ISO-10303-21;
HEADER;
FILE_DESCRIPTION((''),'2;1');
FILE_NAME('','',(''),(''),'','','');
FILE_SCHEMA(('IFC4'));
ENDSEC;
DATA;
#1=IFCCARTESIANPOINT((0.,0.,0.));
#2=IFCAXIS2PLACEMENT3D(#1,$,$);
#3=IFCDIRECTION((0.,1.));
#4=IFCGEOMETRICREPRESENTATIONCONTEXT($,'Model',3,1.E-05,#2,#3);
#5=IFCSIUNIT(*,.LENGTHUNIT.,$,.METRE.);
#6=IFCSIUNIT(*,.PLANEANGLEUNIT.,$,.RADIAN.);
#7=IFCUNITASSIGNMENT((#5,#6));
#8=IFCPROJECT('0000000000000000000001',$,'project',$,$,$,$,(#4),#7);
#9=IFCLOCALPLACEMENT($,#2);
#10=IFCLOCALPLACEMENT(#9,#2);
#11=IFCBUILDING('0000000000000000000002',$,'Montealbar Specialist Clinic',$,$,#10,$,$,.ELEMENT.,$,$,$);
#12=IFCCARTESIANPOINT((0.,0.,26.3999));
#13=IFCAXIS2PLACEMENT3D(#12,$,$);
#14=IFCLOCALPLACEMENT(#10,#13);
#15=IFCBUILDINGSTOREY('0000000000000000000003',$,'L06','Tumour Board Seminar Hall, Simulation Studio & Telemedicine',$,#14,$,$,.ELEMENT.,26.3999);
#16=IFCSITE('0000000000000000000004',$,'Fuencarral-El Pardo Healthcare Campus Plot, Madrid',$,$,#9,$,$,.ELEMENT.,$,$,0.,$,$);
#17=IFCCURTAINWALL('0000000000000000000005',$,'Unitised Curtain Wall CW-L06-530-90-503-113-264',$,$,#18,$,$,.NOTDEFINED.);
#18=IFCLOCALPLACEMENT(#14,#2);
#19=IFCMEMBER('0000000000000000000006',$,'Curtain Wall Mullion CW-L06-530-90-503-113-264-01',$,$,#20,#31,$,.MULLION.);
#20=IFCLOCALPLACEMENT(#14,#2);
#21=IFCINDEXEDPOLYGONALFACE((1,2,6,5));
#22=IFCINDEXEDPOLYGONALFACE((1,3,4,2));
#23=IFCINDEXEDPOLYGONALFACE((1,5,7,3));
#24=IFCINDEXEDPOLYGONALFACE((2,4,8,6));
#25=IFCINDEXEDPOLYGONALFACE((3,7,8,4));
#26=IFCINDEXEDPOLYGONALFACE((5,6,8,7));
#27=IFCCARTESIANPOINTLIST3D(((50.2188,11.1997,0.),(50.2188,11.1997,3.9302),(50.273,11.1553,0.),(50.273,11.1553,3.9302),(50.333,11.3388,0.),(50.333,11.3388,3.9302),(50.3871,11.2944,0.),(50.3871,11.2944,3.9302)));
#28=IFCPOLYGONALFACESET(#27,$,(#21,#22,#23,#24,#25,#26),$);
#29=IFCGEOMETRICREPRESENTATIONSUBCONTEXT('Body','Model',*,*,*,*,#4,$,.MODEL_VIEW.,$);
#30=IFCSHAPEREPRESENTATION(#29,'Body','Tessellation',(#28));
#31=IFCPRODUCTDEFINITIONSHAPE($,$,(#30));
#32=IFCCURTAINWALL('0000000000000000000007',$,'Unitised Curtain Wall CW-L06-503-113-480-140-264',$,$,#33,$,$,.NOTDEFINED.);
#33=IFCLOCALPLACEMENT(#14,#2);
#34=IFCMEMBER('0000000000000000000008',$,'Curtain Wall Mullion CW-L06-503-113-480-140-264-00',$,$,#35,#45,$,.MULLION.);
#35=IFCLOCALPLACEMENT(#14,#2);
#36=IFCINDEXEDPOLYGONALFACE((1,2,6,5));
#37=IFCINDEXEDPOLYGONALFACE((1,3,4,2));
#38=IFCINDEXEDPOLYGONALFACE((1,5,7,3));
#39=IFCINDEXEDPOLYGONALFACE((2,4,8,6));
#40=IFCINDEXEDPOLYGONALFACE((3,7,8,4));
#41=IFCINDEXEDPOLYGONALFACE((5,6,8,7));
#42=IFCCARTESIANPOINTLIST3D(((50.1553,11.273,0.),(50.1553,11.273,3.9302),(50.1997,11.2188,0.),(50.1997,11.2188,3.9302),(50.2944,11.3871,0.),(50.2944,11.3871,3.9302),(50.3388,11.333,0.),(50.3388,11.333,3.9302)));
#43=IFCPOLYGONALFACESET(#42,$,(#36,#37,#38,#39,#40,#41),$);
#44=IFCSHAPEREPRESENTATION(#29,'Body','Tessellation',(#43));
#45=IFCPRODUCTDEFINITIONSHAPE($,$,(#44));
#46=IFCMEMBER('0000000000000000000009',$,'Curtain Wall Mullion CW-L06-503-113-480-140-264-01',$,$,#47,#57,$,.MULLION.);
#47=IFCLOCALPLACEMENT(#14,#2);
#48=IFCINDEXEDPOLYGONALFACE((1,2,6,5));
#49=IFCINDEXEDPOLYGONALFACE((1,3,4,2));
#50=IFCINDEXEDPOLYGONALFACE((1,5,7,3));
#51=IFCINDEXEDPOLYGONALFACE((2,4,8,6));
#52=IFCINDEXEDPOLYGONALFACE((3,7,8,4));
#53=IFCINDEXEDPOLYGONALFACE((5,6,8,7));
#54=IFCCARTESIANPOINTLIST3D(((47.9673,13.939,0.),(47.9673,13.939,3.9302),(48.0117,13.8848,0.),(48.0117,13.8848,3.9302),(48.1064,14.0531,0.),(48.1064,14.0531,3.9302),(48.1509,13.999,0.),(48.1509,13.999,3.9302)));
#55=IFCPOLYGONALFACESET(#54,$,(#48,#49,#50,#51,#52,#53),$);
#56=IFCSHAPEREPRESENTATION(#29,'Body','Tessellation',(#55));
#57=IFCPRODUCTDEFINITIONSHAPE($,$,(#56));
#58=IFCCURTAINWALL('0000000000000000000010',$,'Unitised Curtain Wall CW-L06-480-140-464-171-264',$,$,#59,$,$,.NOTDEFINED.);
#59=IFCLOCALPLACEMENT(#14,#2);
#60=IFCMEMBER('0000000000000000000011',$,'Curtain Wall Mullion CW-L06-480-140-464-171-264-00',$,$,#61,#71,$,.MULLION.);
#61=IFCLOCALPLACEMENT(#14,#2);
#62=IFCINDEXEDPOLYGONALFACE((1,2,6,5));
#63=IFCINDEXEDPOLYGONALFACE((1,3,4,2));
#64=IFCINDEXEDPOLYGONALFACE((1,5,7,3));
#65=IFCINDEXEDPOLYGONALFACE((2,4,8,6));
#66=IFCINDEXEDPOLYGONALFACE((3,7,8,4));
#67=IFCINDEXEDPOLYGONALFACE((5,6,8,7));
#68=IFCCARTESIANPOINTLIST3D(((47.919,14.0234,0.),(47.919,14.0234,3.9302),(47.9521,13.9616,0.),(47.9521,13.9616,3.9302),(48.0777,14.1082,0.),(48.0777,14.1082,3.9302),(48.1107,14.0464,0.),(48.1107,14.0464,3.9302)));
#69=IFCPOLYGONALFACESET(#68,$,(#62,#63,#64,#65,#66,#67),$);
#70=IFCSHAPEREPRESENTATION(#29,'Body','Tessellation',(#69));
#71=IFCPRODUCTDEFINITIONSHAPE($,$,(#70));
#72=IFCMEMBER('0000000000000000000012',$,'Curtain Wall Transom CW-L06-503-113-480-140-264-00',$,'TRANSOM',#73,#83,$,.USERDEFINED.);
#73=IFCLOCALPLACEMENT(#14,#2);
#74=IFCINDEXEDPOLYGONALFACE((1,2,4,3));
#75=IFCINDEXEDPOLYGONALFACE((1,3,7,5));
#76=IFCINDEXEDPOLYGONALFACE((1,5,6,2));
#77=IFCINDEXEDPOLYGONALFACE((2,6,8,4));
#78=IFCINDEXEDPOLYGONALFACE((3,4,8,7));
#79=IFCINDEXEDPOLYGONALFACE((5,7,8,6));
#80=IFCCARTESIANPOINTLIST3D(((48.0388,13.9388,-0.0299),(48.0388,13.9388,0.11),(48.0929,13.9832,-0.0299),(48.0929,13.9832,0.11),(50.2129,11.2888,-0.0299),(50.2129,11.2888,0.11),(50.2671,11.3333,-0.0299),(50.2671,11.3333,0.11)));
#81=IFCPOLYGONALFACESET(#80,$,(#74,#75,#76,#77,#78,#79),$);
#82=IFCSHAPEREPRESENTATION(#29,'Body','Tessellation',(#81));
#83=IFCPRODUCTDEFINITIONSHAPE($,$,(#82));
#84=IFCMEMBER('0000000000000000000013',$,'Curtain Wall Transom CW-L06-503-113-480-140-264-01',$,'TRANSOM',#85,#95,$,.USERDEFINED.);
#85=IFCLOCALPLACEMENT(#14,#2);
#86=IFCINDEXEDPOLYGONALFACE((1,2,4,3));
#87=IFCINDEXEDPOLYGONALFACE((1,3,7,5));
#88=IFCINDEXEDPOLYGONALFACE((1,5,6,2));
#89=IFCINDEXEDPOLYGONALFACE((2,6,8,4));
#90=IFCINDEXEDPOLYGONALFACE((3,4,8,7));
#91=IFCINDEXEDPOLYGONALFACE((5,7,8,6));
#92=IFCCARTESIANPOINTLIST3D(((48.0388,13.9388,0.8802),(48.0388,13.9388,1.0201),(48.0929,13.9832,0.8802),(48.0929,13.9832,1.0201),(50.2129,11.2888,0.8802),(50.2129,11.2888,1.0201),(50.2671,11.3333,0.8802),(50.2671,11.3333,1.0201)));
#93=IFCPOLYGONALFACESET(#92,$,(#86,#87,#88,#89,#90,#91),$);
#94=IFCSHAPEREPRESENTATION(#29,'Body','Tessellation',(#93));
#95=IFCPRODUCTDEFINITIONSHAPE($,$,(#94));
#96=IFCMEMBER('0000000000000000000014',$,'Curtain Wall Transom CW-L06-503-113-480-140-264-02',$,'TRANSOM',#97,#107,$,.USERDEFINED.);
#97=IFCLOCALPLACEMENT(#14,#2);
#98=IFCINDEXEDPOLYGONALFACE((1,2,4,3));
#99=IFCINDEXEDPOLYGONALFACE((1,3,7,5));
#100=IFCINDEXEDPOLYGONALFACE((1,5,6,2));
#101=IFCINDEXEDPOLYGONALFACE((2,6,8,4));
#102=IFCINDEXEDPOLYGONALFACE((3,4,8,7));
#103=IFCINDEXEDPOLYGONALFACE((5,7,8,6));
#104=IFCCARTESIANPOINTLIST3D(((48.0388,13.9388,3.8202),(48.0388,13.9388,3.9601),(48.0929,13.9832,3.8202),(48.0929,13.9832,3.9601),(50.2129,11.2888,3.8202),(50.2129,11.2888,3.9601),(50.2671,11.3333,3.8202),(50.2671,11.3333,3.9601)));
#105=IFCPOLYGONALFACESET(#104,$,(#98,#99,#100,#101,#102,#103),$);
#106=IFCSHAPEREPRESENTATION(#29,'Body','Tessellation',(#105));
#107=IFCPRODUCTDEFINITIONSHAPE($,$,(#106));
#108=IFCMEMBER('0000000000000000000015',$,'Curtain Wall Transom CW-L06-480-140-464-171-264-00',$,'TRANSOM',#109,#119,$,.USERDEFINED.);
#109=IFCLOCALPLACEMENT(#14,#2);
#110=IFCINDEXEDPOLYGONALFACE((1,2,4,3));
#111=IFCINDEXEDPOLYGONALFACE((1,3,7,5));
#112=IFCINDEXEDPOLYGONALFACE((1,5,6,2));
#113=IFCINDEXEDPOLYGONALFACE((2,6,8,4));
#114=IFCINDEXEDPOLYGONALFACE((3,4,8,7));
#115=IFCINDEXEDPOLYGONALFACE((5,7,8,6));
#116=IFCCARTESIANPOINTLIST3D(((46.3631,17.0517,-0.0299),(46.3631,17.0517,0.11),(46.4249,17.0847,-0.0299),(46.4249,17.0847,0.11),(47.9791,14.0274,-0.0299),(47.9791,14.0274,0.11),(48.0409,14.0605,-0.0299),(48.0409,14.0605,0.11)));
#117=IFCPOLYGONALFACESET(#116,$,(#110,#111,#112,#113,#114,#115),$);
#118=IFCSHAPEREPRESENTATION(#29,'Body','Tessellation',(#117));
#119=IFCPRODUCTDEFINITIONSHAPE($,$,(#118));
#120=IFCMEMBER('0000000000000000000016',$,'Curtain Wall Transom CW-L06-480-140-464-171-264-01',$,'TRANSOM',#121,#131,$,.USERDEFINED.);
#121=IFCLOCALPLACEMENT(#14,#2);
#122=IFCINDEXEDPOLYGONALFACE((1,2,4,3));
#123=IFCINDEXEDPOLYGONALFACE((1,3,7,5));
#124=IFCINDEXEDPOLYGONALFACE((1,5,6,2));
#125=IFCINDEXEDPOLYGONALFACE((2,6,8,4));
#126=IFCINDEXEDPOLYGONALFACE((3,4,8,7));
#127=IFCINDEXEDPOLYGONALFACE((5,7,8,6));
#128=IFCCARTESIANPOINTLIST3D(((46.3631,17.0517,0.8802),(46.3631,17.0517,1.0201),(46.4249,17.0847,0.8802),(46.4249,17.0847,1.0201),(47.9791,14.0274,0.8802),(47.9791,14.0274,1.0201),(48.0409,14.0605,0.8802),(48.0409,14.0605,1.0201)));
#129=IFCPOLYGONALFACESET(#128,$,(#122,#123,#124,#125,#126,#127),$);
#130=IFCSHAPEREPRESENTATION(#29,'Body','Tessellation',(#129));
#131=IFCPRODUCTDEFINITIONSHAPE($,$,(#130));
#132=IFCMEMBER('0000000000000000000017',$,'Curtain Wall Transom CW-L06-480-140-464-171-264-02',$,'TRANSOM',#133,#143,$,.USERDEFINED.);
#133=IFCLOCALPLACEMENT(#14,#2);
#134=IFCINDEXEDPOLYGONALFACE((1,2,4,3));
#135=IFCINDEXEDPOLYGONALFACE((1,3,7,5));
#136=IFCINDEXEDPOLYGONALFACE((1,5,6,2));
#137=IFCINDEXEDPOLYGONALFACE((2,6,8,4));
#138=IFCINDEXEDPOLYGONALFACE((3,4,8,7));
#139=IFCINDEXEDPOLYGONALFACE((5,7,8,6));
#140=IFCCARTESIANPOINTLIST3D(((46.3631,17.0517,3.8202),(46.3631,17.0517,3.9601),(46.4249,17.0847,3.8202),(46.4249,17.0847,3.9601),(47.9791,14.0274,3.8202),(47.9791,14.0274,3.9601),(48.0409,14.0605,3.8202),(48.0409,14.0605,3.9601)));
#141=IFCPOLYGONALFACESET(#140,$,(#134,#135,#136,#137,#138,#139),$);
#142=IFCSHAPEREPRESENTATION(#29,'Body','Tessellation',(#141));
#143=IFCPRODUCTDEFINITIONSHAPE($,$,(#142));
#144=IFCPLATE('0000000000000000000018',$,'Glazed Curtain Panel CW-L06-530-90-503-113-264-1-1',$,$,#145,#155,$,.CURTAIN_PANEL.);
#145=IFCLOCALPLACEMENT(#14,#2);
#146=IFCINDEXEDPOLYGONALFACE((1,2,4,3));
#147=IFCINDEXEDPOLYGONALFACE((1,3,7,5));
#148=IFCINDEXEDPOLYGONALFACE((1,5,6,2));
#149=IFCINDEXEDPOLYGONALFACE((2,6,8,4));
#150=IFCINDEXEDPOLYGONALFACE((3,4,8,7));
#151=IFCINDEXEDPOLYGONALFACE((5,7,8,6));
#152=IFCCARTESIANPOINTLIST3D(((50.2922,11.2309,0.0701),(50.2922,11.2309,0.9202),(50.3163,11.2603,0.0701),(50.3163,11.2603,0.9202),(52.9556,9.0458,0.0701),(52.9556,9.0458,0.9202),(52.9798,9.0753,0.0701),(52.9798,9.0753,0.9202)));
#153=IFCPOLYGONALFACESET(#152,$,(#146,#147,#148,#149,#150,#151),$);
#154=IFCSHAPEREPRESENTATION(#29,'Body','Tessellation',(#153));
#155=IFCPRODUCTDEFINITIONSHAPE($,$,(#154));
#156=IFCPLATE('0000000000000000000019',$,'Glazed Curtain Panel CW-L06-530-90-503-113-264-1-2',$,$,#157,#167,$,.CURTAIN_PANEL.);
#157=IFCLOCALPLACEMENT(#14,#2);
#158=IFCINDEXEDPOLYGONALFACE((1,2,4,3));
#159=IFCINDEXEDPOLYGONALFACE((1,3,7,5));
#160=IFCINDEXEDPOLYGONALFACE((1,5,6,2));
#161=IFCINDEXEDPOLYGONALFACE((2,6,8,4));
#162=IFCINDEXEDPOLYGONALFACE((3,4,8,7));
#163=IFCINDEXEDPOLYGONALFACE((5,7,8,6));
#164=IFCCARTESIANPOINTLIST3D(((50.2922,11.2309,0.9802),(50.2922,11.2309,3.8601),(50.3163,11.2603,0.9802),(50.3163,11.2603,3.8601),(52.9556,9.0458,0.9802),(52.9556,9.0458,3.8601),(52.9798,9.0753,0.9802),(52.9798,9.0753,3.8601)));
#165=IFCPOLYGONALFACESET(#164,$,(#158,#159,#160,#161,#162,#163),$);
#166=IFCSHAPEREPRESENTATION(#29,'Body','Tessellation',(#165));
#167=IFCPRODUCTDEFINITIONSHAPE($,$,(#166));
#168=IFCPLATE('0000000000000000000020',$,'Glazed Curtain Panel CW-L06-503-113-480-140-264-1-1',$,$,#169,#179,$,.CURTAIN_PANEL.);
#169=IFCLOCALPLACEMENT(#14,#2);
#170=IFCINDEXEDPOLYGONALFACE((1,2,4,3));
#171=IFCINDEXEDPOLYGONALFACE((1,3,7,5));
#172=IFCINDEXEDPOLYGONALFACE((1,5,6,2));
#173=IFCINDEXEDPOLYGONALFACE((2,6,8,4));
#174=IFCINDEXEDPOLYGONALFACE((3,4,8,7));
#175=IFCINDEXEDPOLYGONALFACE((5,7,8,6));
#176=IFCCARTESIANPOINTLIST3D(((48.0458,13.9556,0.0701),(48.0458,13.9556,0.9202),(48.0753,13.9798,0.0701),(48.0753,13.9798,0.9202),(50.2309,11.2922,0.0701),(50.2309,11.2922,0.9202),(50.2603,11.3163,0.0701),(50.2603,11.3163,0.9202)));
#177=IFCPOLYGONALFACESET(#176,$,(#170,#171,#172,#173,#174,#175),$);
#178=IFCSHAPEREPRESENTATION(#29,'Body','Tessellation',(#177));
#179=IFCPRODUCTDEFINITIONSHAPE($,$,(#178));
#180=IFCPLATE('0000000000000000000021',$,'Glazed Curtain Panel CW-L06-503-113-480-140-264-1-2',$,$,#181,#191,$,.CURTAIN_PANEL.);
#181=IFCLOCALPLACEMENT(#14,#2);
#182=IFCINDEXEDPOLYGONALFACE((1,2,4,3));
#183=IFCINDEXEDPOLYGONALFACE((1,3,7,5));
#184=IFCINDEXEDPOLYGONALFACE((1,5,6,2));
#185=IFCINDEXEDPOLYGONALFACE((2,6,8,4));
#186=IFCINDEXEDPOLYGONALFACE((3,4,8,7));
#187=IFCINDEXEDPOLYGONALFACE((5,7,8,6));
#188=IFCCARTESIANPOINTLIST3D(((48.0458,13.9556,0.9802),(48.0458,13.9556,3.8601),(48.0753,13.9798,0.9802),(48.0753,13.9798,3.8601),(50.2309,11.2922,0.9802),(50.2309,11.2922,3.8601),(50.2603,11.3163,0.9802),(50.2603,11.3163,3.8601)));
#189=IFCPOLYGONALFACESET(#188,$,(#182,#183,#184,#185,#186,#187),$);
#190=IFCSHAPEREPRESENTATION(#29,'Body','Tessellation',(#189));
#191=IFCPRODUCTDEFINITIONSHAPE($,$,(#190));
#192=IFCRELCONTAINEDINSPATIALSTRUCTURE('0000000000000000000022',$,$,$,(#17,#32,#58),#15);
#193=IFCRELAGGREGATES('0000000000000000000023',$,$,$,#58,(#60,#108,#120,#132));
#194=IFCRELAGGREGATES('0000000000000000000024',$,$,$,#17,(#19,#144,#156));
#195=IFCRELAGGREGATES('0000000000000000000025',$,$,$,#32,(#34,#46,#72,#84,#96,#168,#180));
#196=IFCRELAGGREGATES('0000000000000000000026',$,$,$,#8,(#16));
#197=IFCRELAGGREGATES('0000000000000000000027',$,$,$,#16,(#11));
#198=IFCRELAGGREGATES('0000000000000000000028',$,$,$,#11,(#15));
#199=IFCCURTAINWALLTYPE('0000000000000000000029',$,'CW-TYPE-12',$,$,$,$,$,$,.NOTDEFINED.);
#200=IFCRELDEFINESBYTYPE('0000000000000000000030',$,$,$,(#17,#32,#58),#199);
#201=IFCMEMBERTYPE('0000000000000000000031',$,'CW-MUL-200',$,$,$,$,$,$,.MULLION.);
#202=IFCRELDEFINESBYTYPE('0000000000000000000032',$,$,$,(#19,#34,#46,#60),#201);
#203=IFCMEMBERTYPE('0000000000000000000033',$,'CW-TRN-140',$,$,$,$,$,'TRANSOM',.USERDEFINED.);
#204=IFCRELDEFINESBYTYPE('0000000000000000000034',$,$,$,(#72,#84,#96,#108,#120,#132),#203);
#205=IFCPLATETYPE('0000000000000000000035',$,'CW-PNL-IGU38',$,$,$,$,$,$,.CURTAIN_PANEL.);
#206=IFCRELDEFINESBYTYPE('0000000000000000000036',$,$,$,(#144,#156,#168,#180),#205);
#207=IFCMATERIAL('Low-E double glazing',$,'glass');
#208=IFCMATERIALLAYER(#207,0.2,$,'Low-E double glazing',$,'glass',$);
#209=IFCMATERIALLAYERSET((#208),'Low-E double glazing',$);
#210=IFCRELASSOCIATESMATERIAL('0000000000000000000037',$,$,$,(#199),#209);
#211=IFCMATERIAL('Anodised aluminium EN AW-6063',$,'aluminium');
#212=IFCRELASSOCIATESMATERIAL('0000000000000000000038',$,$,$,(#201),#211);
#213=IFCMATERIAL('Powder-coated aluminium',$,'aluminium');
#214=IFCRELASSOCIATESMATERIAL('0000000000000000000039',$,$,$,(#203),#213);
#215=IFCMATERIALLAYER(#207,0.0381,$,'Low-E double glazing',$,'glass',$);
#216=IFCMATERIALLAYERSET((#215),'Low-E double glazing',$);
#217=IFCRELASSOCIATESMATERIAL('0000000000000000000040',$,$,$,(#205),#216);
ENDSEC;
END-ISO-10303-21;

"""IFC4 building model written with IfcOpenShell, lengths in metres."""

from ifc_helpers import new_model, si_unit, direction, frame, origin, origin_2d, place, context, subcontext, project, spatial, rectangle, extrude, material, layer, layer_set, material_profile, profile_set, type_object, element, aggregate, save


model = new_model("IFC4")

# Units and contexts
model_context = context("Model", 3, precision=1e-05, world=origin(), true_north=direction((0.0, 1.0)))
body_context = subcontext(model_context, "Body", "Model", "MODEL_VIEW")
ifc_project = project(units=[si_unit("LENGTHUNIT", "METRE"), si_unit("PLANEANGLEUNIT", "RADIAN")], contexts=[model_context])

# Site, building, storey
site_placement = place(None, origin())
site = spatial("IfcSite", under=ifc_project, at=site_placement, Name="Fuencarral-El Pardo Healthcare Campus Plot, Madrid", CompositionType="ELEMENT", RefElevation=0.0)
building_placement = place(site_placement, origin())
building = spatial("IfcBuilding", under=site, at=building_placement, Name="Montealbar Specialist Clinic", CompositionType="ELEMENT")
storey_placement = place(building_placement, frame((0.0, 0.0, 26.3999)))
storey = spatial("IfcBuildingStorey", under=building, at=storey_placement, Name="L06", Description="Tumour Board Seminar Hall, Simulation Studio & Telemedicine", CompositionType="ELEMENT", Elevation=26.3999)

# Curtain wall, member
ifc_material_1 = material(Name="Low-E double glazing", Category="glass")
ifc_layer_1 = layer(ifc_material_1, 0.2, Name="Low-E double glazing", Category="glass")
ifc_layer_set_1 = layer_set([ifc_layer_1], Name="Low-E double glazing")
curtain_wall_type = type_object("IfcCurtainWallType", Name="CW-TYPE-12", PredefinedType="NOTDEFINED", material=ifc_layer_set_1)
curtain_wall_1_placement = place(storey_placement, origin())
curtain_wall_1 = element("IfcCurtainWall", 1, at=curtain_wall_1_placement, inside=storey, type_object=curtain_wall_type, Name="Unitised Curtain Wall CW-L06-530-90-503-113-264", PredefinedType="NOTDEFINED")
ifc_material_2 = material(Name="Anodised aluminium EN AW-6063", Category="aluminium")
ifc_material_profile_1 = material_profile(ifc_material_2, rectangle(XDim=0.0701, YDim=0.1799, at=origin_2d()), Name="ALU 70x180", Category="aluminium")
ifc_profile_set_1 = profile_set([ifc_material_profile_1], Name="Anodised aluminium EN AW-6063")
member_type_1 = type_object("IfcMemberType", Name="CW-MUL-200", PredefinedType="MULLION", material=ifc_profile_set_1)
member_1_placement = place(storey_placement, frame((50.303, 11.2471, 0.0), z_axis=(0.0, 0.0, 1.0), x_axis=(-0.773123, 0.634256, 0.0)))
member_1 = element("IfcMember", 2, at=member_1_placement, type_object=member_type_1, Name="Curtain Wall Mullion CW-L06-530-90-503-113-264-01", PredefinedType="MULLION", context=body_context, shape_type="SweptSolid", body=[
    extrude(rectangle(XDim=0.0701, YDim=0.1799, at=origin_2d()), origin(), (0.0, 0.0, 1.0), 3.9302),
])

# Curtain wall, members
curtain_wall_2_placement = place(storey_placement, origin())
curtain_wall_2 = element("IfcCurtainWall", 3, at=curtain_wall_2_placement, inside=storey, type_object=curtain_wall_type, Name="Unitised Curtain Wall CW-L06-503-113-480-140-264", PredefinedType="NOTDEFINED")
member_2_placement = place(storey_placement, frame((50.2471, 11.303, 0.0), z_axis=(0.0, 0.0, 1.0), x_axis=(-0.634256, 0.773123, 0.0)))
member_2 = element("IfcMember", 4, at=member_2_placement, type_object=member_type_1, Name="Curtain Wall Mullion CW-L06-503-113-480-140-264-00", PredefinedType="MULLION", context=body_context, shape_type="SweptSolid", body=[
    extrude(rectangle(XDim=0.0701, YDim=0.1799, at=origin_2d()), origin(), (0.0, 0.0, 1.0), 3.9302),
])
member_3_placement = place(storey_placement, frame((48.0591, 13.969, 0.0), z_axis=(0.0, 0.0, 1.0), x_axis=(-0.634256, 0.773123, 0.0)))
member_3 = element("IfcMember", 5, at=member_3_placement, type_object=member_type_1, Name="Curtain Wall Mullion CW-L06-503-113-480-140-264-01", PredefinedType="MULLION", context=body_context, shape_type="SweptSolid", body=[
    extrude(rectangle(XDim=0.0701, YDim=0.1799, at=origin_2d()), origin(), (0.0, 0.0, 1.0), 3.9302),
])

# Curtain wall, member
curtain_wall_3_placement = place(storey_placement, origin())
curtain_wall_3 = element("IfcCurtainWall", 6, at=curtain_wall_3_placement, inside=storey, type_object=curtain_wall_type, Name="Unitised Curtain Wall CW-L06-480-140-464-171-264", PredefinedType="NOTDEFINED")
member_4_placement = place(storey_placement, frame((48.0149, 14.0349, 0.0), z_axis=(0.0, 0.0, 1.0), x_axis=(-0.471529, 0.88185, 0.0)))
member_4 = element("IfcMember", 7, at=member_4_placement, type_object=member_type_1, Name="Curtain Wall Mullion CW-L06-480-140-464-171-264-00", PredefinedType="MULLION", context=body_context, shape_type="SweptSolid", body=[
    extrude(rectangle(XDim=0.0701, YDim=0.1799, at=origin_2d()), origin(), (0.0, 0.0, 1.0), 3.9302),
])

# Members
ifc_material_3 = material(Name="Powder-coated aluminium", Category="aluminium")
ifc_material_profile_2 = material_profile(ifc_material_3, rectangle(XDim=0.0701, YDim=0.1399, at=origin_2d()), Name="ALU 70x140", Category="aluminium")
ifc_profile_set_2 = profile_set([ifc_material_profile_2], Name="Powder-coated aluminium")
member_type_2 = type_object("IfcMemberType", Name="CW-TRN-140", ElementType="TRANSOM", PredefinedType="USERDEFINED", material=ifc_profile_set_2)
member_5_placement = place(storey_placement, frame((50.24, 11.311, 0.04), z_axis=(-0.634281, 0.773103, 0.0), x_axis=(-0.773103, -0.634281, 0.0)))
member_5 = element("IfcMember", 8, at=member_5_placement, type_object=member_type_2, Name="Curtain Wall Transom CW-L06-503-113-480-140-264-00", ObjectType="TRANSOM", PredefinedType="USERDEFINED", context=body_context, shape_type="SweptSolid", body=[
    extrude(rectangle(XDim=0.0701, YDim=0.1399, at=origin_2d()), origin(), (0.0, 0.0, 1.0), 3.4277),
])
member_6_placement = place(storey_placement, frame((50.24, 11.311, 0.9502), z_axis=(-0.634281, 0.773103, 0.0), x_axis=(-0.773103, -0.634281, 0.0)))
member_6 = element("IfcMember", 9, at=member_6_placement, type_object=member_type_2, Name="Curtain Wall Transom CW-L06-503-113-480-140-264-01", ObjectType="TRANSOM", PredefinedType="USERDEFINED", context=body_context, shape_type="SweptSolid", body=[
    extrude(rectangle(XDim=0.0701, YDim=0.1399, at=origin_2d()), origin(), (0.0, 0.0, 1.0), 3.4277),
])
member_7_placement = place(storey_placement, frame((50.24, 11.311, 3.8901), z_axis=(-0.634281, 0.773103, 0.0), x_axis=(-0.773103, -0.634281, 0.0)))
member_7 = element("IfcMember", 10, at=member_7_placement, type_object=member_type_2, Name="Curtain Wall Transom CW-L06-503-113-480-140-264-02", ObjectType="TRANSOM", PredefinedType="USERDEFINED", context=body_context, shape_type="SweptSolid", body=[
    extrude(rectangle(XDim=0.0701, YDim=0.1399, at=origin_2d()), origin(), (0.0, 0.0, 1.0), 3.4277),
])
member_8_placement = place(storey_placement, frame((48.01, 14.0439, 0.04), z_axis=(-0.471287, 0.88198, 0.0), x_axis=(-0.88198, -0.471287, 0.0)))
member_8 = element("IfcMember", 11, at=member_8_placement, type_object=member_type_2, Name="Curtain Wall Transom CW-L06-480-140-464-171-264-00", ObjectType="TRANSOM", PredefinedType="USERDEFINED", context=body_context, shape_type="SweptSolid", body=[
    extrude(rectangle(XDim=0.0701, YDim=0.1399, at=origin_2d()), origin(), (0.0, 0.0, 1.0), 3.429),
])
member_9_placement = place(storey_placement, frame((48.01, 14.0439, 0.9502), z_axis=(-0.471287, 0.88198, 0.0), x_axis=(-0.88198, -0.471287, 0.0)))
member_9 = element("IfcMember", 12, at=member_9_placement, type_object=member_type_2, Name="Curtain Wall Transom CW-L06-480-140-464-171-264-01", ObjectType="TRANSOM", PredefinedType="USERDEFINED", context=body_context, shape_type="SweptSolid", body=[
    extrude(rectangle(XDim=0.0701, YDim=0.1399, at=origin_2d()), origin(), (0.0, 0.0, 1.0), 3.429),
])
member_10_placement = place(storey_placement, frame((48.01, 14.0439, 3.8901), z_axis=(-0.471287, 0.88198, 0.0), x_axis=(-0.88198, -0.471287, 0.0)))
member_10 = element("IfcMember", 13, at=member_10_placement, type_object=member_type_2, Name="Curtain Wall Transom CW-L06-480-140-464-171-264-02", ObjectType="TRANSOM", PredefinedType="USERDEFINED", context=body_context, shape_type="SweptSolid", body=[
    extrude(rectangle(XDim=0.0701, YDim=0.1399, at=origin_2d()), origin(), (0.0, 0.0, 1.0), 3.429),
])
aggregate(curtain_wall_3, [member_4, member_8, member_9, member_10])

# Plates
ifc_layer_2 = layer(ifc_material_1, 0.0381, Name="Low-E double glazing", Category="glass")
ifc_layer_set_2 = layer_set([ifc_layer_2], Name="Low-E double glazing")
plate_type = type_object("IfcPlateType", Name="CW-PNL-IGU38", PredefinedType="CURTAIN_PANEL", material=ifc_layer_set_2)
plate_1_placement = place(storey_placement, frame((51.636, 10.1531, 0.0701), z_axis=(0.0, 0.0, 1.0), x_axis=(-0.773123, 0.634256, 0.0)))
plate_1 = element("IfcPlate", 14, at=plate_1_placement, type_object=plate_type, Name="Glazed Curtain Panel CW-L06-530-90-503-113-264-1-1", PredefinedType="CURTAIN_PANEL", context=body_context, shape_type="SweptSolid", body=[
    extrude(rectangle(XDim=3.4451, YDim=0.0381, at=origin_2d()), origin(), (0.0, 0.0, 1.0), 0.8501),
])
plate_2_placement = place(storey_placement, frame((51.636, 10.1531, 0.9802), z_axis=(0.0, 0.0, 1.0), x_axis=(-0.773123, 0.634256, 0.0)))
plate_2 = element("IfcPlate", 15, at=plate_2_placement, type_object=plate_type, Name="Glazed Curtain Panel CW-L06-530-90-503-113-264-1-2", PredefinedType="CURTAIN_PANEL", context=body_context, shape_type="SweptSolid", body=[
    extrude(rectangle(XDim=3.4451, YDim=0.0381, at=origin_2d()), origin(), (0.0, 0.0, 1.0), 2.8799),
])
aggregate(curtain_wall_1, [member_1, plate_1, plate_2])
plate_3_placement = place(storey_placement, frame((49.1531, 12.636, 0.0701), z_axis=(0.0, 0.0, 1.0), x_axis=(-0.634256, 0.773123, 0.0)))
plate_3 = element("IfcPlate", 16, at=plate_3_placement, type_object=plate_type, Name="Glazed Curtain Panel CW-L06-503-113-480-140-264-1-1", PredefinedType="CURTAIN_PANEL", context=body_context, shape_type="SweptSolid", body=[
    extrude(rectangle(XDim=3.4451, YDim=0.0381, at=origin_2d()), origin(), (0.0, 0.0, 1.0), 0.8501),
])
plate_4_placement = place(storey_placement, frame((49.1531, 12.636, 0.9802), z_axis=(0.0, 0.0, 1.0), x_axis=(-0.634256, 0.773123, 0.0)))
plate_4 = element("IfcPlate", 17, at=plate_4_placement, type_object=plate_type, Name="Glazed Curtain Panel CW-L06-503-113-480-140-264-1-2", PredefinedType="CURTAIN_PANEL", context=body_context, shape_type="SweptSolid", body=[
    extrude(rectangle(XDim=3.4451, YDim=0.0381, at=origin_2d()), origin(), (0.0, 0.0, 1.0), 2.8799),
])
aggregate(curtain_wall_2, [member_2, member_3, member_5, member_6, member_7, plate_3, plate_4])

save(model, "model.ifc")
